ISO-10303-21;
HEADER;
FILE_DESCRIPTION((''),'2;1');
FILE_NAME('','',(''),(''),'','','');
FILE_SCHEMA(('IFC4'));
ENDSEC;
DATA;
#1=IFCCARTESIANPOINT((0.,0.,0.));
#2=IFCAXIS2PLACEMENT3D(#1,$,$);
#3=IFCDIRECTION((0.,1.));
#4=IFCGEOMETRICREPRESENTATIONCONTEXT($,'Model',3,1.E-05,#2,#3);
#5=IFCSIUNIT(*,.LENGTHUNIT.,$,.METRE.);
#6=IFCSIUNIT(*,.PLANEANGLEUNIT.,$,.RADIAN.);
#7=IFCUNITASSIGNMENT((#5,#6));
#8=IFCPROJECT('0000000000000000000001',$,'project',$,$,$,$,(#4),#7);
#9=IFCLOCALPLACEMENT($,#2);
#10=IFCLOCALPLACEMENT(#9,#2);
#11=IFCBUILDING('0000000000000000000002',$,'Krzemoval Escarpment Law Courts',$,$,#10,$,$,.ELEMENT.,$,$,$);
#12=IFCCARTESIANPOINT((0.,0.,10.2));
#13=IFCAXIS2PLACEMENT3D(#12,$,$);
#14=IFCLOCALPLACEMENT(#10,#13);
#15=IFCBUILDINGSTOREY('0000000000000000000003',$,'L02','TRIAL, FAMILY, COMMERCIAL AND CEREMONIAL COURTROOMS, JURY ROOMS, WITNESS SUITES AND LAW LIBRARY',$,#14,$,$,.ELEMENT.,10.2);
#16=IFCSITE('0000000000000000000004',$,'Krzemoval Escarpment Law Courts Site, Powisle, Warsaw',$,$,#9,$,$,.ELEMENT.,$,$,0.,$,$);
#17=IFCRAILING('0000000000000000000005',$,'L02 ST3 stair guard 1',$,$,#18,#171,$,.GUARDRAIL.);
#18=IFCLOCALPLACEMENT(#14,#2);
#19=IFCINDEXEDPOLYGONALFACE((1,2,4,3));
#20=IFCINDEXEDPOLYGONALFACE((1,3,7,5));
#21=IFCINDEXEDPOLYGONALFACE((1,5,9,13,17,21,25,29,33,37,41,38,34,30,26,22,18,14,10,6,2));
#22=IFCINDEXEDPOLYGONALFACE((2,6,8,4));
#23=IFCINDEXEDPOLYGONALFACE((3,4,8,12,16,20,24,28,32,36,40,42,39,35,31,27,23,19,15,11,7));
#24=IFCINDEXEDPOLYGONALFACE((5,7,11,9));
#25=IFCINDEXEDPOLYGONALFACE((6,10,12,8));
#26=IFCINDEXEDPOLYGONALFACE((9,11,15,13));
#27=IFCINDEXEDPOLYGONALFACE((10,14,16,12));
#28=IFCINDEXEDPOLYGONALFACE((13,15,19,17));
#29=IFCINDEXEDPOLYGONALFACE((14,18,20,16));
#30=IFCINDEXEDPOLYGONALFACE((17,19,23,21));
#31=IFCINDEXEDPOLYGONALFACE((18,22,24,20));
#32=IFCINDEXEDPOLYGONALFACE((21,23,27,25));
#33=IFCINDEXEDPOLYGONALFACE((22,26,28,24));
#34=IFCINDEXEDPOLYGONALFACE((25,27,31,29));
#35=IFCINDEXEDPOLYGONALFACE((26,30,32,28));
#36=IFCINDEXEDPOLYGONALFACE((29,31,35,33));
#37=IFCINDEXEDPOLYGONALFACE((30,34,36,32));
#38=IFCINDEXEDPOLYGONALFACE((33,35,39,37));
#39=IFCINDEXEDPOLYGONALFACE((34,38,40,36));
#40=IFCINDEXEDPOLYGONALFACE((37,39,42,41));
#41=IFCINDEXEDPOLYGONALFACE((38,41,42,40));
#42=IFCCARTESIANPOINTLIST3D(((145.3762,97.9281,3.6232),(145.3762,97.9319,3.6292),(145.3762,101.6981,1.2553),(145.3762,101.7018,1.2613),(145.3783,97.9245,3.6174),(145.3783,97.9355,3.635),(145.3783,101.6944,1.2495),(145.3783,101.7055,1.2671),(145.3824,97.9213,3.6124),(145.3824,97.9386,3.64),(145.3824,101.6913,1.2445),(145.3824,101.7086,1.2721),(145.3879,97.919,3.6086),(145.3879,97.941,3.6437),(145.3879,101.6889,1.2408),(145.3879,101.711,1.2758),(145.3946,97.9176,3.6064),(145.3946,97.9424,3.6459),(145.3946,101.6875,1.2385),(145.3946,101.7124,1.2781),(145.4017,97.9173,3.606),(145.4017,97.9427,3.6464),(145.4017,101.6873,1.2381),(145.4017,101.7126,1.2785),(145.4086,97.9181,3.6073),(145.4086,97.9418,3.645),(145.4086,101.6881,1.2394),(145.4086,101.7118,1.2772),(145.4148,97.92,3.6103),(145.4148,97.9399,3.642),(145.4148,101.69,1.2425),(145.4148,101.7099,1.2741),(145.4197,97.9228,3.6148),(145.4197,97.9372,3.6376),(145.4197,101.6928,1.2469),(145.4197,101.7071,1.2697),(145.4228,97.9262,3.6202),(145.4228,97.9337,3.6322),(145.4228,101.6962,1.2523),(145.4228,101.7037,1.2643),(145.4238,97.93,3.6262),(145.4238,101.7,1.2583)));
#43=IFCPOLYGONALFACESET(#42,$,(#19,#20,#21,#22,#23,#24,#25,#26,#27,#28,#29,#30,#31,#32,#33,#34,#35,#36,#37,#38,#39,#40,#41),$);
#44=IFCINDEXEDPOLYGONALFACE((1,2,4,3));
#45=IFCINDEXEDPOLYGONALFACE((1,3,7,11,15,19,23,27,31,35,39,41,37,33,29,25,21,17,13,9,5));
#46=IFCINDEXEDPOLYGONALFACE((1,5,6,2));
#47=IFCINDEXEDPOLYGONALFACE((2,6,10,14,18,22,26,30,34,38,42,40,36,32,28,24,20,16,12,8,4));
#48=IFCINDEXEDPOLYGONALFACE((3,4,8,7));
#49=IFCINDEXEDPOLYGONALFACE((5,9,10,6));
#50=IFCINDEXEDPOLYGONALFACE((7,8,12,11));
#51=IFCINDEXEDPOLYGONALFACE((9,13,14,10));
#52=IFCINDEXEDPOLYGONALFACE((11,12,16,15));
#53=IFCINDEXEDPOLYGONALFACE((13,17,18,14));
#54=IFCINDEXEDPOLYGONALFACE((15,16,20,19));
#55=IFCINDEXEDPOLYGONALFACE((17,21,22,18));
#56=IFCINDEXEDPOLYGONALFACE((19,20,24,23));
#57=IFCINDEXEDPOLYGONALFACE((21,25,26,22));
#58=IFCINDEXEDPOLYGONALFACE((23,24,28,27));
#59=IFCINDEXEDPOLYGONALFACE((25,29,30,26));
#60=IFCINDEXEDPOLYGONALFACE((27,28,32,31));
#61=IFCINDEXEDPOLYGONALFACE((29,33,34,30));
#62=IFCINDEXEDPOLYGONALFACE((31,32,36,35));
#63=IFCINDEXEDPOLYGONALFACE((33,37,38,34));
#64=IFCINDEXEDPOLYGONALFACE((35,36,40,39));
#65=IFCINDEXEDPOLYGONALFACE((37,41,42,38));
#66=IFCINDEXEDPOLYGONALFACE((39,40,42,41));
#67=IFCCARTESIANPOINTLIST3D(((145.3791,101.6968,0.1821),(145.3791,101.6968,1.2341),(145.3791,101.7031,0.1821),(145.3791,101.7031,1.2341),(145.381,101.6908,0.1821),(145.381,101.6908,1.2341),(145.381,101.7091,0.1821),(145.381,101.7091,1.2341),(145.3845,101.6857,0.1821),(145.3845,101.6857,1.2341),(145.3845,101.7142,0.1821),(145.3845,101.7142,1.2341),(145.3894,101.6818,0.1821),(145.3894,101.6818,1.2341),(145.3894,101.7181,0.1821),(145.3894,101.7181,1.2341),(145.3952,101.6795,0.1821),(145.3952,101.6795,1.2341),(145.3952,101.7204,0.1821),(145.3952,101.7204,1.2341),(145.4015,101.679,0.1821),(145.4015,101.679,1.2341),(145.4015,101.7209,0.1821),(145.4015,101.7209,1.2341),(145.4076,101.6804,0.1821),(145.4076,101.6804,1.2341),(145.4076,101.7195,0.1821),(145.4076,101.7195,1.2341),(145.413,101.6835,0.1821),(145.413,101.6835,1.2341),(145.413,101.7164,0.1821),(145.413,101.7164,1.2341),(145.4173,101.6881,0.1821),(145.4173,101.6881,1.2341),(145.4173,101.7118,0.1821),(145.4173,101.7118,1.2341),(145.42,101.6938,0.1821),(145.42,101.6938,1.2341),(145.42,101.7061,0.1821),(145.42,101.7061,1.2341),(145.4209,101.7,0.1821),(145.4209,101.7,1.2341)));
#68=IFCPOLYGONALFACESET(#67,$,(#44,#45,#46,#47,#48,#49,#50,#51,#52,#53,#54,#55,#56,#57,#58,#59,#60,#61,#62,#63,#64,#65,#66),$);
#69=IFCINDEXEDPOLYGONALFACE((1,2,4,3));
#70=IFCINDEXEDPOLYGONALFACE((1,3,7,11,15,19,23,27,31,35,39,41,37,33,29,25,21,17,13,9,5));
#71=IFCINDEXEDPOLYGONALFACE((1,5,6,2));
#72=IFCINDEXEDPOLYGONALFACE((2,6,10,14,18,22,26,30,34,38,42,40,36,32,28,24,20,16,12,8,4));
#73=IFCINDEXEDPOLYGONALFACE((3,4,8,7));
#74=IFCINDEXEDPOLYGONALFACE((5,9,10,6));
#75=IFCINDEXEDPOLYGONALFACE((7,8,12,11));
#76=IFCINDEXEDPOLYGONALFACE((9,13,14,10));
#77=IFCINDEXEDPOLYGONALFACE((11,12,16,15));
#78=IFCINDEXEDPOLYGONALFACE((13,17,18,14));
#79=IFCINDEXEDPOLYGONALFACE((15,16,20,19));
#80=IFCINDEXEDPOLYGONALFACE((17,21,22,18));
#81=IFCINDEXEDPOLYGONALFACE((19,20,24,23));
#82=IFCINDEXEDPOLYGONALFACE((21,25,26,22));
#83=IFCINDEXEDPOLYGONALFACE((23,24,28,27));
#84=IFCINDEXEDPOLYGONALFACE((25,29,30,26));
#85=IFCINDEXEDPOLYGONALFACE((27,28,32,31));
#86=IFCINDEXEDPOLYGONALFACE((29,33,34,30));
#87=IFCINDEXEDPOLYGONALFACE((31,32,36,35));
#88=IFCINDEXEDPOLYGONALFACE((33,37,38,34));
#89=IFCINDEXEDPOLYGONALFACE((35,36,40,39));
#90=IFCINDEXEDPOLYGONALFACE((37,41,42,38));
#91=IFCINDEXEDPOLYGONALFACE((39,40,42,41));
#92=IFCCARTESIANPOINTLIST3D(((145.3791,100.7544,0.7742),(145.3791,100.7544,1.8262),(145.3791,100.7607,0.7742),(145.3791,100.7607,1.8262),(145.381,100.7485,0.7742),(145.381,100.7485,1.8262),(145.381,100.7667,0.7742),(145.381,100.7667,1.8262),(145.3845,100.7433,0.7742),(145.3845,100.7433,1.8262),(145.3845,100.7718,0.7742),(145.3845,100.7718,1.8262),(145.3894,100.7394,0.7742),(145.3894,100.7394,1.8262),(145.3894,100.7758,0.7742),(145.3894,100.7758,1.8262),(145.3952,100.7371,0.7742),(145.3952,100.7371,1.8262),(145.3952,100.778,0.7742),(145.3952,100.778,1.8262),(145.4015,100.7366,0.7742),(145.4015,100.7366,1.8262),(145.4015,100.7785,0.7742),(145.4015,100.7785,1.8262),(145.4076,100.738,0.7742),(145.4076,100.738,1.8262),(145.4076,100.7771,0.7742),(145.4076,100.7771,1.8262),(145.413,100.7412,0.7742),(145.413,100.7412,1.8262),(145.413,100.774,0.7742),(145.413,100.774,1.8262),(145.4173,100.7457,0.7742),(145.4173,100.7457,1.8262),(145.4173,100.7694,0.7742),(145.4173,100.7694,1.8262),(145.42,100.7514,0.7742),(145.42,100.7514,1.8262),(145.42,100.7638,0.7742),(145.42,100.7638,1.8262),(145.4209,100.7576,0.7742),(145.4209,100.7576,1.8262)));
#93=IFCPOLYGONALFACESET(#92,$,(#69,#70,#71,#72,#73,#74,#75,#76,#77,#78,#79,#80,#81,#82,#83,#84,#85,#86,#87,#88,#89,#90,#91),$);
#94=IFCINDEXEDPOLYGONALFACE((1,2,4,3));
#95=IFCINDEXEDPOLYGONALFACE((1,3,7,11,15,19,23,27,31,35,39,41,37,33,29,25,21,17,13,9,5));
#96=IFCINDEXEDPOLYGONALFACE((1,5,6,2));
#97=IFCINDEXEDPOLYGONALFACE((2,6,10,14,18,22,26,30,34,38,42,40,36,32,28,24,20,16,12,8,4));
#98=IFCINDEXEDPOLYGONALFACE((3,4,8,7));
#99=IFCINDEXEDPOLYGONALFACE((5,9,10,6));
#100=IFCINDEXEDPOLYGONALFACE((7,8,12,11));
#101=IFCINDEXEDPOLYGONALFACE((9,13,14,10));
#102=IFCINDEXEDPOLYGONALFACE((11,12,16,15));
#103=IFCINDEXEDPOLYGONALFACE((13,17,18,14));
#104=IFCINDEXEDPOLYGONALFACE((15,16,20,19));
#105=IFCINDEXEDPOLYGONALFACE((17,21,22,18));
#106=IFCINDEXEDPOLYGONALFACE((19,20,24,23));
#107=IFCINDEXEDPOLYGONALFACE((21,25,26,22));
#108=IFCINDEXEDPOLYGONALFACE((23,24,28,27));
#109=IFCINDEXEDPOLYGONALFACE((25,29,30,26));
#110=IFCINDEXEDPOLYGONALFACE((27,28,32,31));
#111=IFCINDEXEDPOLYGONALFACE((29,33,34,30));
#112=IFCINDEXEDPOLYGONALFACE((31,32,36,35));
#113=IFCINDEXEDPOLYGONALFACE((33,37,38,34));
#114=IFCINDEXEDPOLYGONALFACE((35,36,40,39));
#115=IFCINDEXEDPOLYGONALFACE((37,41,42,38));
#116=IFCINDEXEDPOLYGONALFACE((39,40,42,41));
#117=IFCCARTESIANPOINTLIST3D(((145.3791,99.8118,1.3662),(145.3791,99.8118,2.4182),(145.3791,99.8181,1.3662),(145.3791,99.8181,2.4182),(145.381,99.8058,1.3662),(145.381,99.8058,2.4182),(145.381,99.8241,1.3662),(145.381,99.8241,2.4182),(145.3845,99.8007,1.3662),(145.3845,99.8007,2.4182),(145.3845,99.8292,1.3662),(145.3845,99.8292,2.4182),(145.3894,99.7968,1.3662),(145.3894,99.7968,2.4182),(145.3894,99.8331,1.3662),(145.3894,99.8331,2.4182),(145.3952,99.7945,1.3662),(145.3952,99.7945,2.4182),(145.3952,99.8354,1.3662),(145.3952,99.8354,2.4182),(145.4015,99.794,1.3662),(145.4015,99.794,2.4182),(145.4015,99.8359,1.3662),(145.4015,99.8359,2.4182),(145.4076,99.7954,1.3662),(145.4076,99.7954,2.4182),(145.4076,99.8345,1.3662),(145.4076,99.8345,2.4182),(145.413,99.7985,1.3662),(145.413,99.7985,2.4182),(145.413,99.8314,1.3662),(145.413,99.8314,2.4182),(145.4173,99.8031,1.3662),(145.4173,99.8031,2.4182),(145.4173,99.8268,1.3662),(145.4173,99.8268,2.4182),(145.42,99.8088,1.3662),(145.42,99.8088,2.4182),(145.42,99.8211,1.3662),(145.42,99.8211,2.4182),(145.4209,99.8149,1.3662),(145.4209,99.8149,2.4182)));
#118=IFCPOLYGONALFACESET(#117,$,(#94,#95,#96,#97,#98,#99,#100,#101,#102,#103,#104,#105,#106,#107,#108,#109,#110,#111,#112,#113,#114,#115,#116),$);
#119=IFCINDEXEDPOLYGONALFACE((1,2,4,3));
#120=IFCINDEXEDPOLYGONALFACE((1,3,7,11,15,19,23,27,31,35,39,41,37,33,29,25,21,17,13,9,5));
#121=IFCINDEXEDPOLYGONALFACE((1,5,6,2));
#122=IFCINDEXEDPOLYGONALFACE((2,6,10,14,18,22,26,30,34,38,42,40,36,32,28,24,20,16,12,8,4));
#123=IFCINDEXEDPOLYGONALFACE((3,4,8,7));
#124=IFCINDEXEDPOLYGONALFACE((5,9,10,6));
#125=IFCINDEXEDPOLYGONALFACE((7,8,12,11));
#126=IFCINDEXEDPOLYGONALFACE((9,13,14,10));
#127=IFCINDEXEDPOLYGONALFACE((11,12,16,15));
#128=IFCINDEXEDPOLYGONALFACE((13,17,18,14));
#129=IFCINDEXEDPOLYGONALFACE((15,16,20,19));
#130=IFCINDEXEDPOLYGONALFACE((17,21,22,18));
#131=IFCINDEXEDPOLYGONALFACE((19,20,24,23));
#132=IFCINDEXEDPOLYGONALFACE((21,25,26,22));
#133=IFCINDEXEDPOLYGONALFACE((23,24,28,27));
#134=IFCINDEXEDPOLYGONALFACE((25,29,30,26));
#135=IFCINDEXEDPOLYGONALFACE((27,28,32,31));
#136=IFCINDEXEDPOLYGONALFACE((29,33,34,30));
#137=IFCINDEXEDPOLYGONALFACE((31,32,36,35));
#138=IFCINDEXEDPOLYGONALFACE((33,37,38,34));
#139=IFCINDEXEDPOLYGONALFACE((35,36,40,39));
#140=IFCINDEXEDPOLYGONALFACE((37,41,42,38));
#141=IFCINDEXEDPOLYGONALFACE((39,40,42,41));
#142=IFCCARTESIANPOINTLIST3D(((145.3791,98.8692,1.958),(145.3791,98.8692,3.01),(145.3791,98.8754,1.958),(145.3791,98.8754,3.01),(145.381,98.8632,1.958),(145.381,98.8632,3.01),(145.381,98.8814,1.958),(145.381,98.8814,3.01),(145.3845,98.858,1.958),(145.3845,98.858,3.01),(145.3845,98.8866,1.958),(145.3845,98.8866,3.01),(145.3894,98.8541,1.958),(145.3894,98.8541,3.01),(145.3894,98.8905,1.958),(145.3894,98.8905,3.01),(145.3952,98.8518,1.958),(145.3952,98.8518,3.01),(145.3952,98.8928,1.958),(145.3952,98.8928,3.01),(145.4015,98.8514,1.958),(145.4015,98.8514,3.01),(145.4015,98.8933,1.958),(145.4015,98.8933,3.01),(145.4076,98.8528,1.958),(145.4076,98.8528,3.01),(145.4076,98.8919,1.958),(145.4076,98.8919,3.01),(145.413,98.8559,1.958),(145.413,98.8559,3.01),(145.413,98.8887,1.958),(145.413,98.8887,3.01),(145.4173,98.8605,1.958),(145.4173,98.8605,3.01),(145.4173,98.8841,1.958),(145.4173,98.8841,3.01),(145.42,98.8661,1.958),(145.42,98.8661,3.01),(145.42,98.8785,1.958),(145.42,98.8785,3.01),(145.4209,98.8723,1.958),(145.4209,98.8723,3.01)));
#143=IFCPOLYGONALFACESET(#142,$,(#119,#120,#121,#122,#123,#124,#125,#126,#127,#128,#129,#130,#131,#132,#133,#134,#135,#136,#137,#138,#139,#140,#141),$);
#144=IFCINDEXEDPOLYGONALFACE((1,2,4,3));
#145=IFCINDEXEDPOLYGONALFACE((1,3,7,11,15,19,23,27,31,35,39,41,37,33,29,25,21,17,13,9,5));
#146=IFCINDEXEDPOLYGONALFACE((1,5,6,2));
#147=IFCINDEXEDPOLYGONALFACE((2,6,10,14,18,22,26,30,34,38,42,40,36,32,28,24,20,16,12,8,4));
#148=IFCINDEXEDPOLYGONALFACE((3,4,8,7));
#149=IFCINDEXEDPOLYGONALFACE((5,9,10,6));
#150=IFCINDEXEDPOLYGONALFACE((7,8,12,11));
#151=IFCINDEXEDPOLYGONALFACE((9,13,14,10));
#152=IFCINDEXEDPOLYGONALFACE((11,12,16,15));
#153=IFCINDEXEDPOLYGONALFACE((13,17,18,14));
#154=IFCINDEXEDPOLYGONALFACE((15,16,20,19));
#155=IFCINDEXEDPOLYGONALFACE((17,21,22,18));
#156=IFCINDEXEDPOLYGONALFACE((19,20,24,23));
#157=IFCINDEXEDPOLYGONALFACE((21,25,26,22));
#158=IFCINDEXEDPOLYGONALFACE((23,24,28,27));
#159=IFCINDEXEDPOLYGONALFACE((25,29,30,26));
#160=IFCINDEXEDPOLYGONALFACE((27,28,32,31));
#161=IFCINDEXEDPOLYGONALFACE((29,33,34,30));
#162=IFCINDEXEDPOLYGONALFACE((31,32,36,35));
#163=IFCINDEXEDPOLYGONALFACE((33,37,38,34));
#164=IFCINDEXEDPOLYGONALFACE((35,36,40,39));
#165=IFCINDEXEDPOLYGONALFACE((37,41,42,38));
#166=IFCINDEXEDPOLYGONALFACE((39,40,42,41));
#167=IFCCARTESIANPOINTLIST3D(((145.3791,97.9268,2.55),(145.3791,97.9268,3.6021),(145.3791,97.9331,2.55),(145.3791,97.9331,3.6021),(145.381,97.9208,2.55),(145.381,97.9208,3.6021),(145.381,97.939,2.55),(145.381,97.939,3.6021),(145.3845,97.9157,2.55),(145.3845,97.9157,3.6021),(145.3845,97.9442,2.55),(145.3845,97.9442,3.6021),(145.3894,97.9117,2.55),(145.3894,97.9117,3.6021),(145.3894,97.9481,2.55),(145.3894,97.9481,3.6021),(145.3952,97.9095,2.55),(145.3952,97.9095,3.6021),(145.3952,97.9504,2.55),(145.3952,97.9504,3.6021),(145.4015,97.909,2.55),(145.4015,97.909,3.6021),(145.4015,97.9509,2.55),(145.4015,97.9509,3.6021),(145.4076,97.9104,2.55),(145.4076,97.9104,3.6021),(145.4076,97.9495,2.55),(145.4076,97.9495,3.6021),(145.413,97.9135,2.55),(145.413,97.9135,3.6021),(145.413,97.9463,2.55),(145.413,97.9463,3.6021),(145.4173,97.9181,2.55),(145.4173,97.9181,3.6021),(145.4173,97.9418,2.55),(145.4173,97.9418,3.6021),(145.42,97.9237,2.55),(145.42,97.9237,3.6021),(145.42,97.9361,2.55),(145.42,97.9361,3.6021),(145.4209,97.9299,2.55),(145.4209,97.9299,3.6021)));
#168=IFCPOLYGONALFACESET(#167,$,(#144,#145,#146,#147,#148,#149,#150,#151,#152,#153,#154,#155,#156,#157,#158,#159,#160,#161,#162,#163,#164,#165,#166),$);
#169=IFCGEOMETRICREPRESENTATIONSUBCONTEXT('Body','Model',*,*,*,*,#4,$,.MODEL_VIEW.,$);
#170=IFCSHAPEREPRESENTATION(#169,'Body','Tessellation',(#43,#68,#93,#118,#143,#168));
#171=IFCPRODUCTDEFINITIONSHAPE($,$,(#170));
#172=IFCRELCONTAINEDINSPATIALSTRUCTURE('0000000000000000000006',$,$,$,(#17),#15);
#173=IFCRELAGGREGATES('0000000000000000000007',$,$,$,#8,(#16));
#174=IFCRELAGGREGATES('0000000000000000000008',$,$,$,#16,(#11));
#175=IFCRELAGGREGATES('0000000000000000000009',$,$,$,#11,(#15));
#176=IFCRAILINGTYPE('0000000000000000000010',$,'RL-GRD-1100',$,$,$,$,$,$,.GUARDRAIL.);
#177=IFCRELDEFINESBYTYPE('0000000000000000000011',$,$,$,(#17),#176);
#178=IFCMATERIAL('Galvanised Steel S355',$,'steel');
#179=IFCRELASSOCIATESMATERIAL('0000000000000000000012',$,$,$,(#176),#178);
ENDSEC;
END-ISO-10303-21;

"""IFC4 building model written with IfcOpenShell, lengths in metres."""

from ifc_helpers import new_model, si_unit, direction, frame, origin, origin_2d, place, context, subcontext, project, spatial, circle, extrude, material, type_object, element, save


model = new_model("IFC4")

# Units and contexts
model_context = context("Model", 3, precision=1e-05, world=origin(), true_north=direction((0.0, 1.0)))
body_context = subcontext(model_context, "Body", "Model", "MODEL_VIEW")
ifc_project = project(units=[si_unit("LENGTHUNIT", "METRE"), si_unit("PLANEANGLEUNIT", "RADIAN")], contexts=[model_context])

# Site, building, storey
site_placement = place(None, origin())
site = spatial("IfcSite", under=ifc_project, at=site_placement, Name="Krzemoval Escarpment Law Courts Site, Powisle, Warsaw", CompositionType="ELEMENT", RefElevation=0.0)
building_placement = place(site_placement, origin())
building = spatial("IfcBuilding", under=site, at=building_placement, Name="Krzemoval Escarpment Law Courts", CompositionType="ELEMENT")
storey_placement = place(building_placement, frame((0.0, 0.0, 10.2)))
storey = spatial("IfcBuildingStorey", under=building, at=storey_placement, Name="L02", Description="TRIAL, FAMILY, COMMERCIAL AND CEREMONIAL COURTROOMS, JURY ROOMS, WITNESS SUITES AND LAW LIBRARY", CompositionType="ELEMENT", Elevation=10.2)

# Railing
ifc_material_1 = material(Name="Galvanised Steel S355", Category="steel")
railing_type_1 = type_object("IfcRailingType", Name="RL-GRD-1100", PredefinedType="GUARDRAIL", material=ifc_material_1)
railing_1_placement = place(storey_placement, frame((145.3999, 101.7, 0.1821)))
element("IfcRailing", 1, at=railing_1_placement, inside=storey, type_object=railing_type_1, Name="L02 ST3 stair guard 1", PredefinedType="GUARDRAIL", context=body_context, shape_type="SweptSolid", body=[
    extrude(circle(Radius=0.0239, at=origin_2d()), frame((0.0, 0.0, 1.0762), z_axis=(0.0, -0.846819, 0.531881), x_axis=(1.0, 0.0, 0.0)), (0.0, 0.0, 1.0), 4.4519),
    extrude(circle(Radius=0.021, at=origin_2d()), origin(), (0.0, 0.0, 1.0), 1.052),
    extrude(circle(Radius=0.021, at=origin_2d()), frame((0.0, -0.9424, 0.592)), (0.0, 0.0, 1.0), 1.052),
    extrude(circle(Radius=0.021, at=origin_2d()), frame((0.0, -1.885, 1.1841)), (0.0, 0.0, 1.0), 1.052),
    extrude(circle(Radius=0.021, at=origin_2d()), frame((0.0, -2.8276, 1.7759)), (0.0, 0.0, 1.0), 1.052),
    extrude(circle(Radius=0.021, at=origin_2d()), frame((0.0, -3.77, 2.3679)), (0.0, 0.0, 1.0), 1.052),
])

save(model, "model.ifc")
